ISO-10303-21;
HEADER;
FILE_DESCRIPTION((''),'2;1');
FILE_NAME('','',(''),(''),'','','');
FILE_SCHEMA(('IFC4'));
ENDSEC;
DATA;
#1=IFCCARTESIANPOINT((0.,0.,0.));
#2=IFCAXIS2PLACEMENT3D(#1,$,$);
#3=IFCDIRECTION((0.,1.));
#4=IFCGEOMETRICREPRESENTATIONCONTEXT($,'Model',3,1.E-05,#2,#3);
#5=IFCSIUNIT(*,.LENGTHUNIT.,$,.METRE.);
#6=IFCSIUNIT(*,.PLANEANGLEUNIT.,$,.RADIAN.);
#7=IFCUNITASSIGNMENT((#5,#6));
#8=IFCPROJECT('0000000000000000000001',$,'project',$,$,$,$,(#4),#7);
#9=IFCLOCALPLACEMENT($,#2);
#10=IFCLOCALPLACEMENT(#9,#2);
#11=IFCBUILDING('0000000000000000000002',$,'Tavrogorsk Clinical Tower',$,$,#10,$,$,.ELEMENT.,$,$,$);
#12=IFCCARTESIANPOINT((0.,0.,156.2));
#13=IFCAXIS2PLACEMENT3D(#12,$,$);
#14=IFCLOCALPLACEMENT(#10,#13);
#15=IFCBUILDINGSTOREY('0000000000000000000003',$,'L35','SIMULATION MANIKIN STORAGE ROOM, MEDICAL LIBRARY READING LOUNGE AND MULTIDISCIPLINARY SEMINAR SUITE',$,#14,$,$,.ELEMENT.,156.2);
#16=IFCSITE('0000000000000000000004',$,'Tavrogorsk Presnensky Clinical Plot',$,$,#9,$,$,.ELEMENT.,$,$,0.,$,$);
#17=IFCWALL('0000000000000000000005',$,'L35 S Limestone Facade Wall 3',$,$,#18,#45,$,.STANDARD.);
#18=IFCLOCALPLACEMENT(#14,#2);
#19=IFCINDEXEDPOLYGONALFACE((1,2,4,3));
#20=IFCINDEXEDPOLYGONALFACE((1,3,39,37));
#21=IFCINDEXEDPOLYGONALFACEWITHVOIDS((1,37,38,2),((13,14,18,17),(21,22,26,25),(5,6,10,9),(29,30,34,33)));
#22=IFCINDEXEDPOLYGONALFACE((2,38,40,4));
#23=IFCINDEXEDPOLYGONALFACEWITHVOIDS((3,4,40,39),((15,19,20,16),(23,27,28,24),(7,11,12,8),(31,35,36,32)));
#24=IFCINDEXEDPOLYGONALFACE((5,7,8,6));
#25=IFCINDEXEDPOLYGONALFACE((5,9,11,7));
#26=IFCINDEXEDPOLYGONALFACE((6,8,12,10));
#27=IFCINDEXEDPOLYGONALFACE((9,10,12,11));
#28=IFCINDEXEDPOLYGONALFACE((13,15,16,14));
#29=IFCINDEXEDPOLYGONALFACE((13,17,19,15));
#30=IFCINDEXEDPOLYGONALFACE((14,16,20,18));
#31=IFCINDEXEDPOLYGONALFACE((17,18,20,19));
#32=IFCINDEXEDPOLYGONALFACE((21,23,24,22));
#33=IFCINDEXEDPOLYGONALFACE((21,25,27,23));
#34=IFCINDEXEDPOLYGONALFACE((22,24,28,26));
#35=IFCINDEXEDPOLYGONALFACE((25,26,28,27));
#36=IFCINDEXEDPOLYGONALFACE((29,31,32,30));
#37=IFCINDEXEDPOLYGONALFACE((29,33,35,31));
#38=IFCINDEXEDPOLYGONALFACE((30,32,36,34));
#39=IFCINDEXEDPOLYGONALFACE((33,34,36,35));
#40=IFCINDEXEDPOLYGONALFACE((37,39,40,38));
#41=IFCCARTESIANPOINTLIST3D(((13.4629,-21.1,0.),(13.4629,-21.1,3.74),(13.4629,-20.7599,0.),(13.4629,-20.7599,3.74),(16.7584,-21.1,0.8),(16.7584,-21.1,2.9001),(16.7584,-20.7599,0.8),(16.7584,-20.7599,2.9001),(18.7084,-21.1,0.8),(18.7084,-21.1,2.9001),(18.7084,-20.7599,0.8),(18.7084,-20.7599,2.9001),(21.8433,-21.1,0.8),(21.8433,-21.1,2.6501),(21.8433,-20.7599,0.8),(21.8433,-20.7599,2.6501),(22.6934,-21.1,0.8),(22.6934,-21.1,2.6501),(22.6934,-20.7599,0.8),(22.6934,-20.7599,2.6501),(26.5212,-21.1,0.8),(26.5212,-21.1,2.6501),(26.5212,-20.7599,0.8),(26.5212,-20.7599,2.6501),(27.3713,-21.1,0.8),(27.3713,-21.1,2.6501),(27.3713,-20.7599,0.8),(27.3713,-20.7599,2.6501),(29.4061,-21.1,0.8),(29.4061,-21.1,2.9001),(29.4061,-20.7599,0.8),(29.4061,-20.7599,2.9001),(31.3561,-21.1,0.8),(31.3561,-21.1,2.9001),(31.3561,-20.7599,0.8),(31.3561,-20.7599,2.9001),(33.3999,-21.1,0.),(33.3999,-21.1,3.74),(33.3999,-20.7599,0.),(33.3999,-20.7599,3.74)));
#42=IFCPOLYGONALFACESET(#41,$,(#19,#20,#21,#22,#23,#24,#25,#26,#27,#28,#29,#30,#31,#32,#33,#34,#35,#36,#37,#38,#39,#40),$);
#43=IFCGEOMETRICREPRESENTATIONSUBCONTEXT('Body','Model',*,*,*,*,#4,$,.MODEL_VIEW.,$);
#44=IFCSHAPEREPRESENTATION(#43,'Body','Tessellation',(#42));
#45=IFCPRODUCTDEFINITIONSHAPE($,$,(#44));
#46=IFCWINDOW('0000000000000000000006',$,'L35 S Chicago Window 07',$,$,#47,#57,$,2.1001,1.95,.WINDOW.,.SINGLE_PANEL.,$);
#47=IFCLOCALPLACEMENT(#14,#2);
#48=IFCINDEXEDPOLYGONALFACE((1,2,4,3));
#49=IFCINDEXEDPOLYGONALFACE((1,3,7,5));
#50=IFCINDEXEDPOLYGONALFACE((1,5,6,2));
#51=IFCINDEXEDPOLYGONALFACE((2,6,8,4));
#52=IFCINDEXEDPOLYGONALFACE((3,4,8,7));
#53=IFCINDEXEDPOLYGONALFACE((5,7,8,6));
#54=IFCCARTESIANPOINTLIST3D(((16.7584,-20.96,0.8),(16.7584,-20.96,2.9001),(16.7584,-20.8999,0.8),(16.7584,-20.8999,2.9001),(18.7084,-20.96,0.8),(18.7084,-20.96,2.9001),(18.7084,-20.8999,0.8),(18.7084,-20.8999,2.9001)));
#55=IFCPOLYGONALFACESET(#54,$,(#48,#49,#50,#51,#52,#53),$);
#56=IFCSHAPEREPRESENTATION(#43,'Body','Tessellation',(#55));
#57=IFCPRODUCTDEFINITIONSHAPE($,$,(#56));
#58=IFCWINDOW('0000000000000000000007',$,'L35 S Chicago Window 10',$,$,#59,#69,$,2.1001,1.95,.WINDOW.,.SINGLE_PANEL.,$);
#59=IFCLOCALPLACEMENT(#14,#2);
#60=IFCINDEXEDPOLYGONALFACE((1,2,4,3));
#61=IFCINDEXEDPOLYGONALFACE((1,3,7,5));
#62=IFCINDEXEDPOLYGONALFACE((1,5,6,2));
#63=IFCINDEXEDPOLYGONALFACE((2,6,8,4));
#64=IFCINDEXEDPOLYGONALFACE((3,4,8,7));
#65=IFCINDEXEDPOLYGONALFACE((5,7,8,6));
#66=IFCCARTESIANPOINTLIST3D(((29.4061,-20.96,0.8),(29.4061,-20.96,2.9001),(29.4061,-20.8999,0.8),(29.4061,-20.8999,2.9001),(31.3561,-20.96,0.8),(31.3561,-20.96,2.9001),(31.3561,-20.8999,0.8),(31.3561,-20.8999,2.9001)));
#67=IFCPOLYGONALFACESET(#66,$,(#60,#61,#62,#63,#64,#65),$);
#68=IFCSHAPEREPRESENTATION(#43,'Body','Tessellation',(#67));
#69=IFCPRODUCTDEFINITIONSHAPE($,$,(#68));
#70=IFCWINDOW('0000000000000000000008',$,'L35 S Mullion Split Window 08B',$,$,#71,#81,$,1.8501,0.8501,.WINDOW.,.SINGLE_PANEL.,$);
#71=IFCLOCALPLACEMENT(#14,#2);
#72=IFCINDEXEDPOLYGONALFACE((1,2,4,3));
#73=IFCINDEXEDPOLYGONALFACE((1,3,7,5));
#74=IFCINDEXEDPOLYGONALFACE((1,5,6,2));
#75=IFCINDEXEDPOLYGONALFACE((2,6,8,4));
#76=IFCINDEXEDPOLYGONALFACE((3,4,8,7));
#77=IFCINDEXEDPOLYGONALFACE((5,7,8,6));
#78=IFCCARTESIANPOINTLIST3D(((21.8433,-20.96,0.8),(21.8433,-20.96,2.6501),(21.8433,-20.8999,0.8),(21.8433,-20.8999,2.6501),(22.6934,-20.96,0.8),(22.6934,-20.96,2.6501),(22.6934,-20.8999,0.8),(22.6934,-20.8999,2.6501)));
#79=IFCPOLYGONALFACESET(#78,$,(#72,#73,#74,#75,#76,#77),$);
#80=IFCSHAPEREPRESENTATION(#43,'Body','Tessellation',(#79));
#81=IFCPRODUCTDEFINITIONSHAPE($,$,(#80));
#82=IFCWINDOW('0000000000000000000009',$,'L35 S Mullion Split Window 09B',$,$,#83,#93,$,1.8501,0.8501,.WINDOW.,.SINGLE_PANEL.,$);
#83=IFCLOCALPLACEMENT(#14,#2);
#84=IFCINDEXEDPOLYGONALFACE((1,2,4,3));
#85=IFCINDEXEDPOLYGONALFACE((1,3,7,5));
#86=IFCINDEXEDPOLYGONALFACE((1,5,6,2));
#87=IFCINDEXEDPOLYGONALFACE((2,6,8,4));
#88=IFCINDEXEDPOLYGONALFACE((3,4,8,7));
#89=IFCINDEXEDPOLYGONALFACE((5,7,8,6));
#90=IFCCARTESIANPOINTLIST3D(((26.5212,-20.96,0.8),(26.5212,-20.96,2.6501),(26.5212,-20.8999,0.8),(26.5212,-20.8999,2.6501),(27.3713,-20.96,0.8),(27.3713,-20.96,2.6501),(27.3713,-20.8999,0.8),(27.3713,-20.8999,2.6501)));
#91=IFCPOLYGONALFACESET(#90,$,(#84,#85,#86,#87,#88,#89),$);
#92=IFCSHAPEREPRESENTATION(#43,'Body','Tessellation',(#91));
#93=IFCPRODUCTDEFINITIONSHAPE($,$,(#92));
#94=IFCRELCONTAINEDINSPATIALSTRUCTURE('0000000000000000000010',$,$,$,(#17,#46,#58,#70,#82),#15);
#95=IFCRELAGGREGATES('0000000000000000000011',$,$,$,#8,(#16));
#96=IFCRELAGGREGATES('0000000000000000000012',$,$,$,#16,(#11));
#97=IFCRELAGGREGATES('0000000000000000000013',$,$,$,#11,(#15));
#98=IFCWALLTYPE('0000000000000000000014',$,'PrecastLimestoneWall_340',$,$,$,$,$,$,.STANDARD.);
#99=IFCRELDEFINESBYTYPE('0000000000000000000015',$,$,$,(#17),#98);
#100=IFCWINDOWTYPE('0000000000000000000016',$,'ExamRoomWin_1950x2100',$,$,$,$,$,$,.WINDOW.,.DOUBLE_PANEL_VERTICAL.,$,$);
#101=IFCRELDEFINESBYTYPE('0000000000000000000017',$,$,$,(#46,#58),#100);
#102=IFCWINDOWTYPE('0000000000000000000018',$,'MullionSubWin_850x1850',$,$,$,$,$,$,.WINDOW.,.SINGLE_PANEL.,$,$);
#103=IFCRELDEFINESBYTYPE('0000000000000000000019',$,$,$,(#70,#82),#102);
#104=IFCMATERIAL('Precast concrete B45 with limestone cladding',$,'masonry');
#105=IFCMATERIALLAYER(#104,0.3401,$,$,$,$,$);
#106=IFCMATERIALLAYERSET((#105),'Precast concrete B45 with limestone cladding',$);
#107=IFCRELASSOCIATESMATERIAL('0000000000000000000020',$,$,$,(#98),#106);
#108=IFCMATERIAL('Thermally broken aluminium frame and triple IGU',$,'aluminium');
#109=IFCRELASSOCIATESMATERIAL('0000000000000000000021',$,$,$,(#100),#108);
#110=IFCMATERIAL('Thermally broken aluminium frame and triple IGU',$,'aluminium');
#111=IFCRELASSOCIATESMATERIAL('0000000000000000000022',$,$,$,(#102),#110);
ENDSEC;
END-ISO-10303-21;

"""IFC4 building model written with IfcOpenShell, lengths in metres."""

from ifc_helpers import new_model, si_unit, direction, frame, frame_2d, origin, place, context, subcontext, project, spatial, rectangle, extrude, material, layer, layer_set, type_object, element, fill, save


model = new_model("IFC4")

# Units and contexts
model_context = context("Model", 3, precision=1e-05, world=origin(), true_north=direction((0.0, 1.0)))
body_context = subcontext(model_context, "Body", "Model", "MODEL_VIEW")
ifc_project = project(units=[si_unit("LENGTHUNIT", "METRE"), si_unit("PLANEANGLEUNIT", "RADIAN")], contexts=[model_context])

# Site, building, storey
site_placement = place(None, origin())
site = spatial("IfcSite", under=ifc_project, at=site_placement, Name="Tavrogorsk Presnensky Clinical Plot", CompositionType="ELEMENT", RefElevation=0.0)
building_placement = place(site_placement, origin())
building = spatial("IfcBuilding", under=site, at=building_placement, Name="Tavrogorsk Clinical Tower", CompositionType="ELEMENT")
storey_placement = place(building_placement, frame((0.0, 0.0, 156.2)))
storey = spatial("IfcBuildingStorey", under=building, at=storey_placement, Name="L35", Description="SIMULATION MANIKIN STORAGE ROOM, MEDICAL LIBRARY READING LOUNGE AND MULTIDISCIPLINARY SEMINAR SUITE", CompositionType="ELEMENT", Elevation=156.2)

# Wall, openings, windows
ifc_material_1 = material(Name="Precast concrete B45 with limestone cladding", Category="masonry")
ifc_layer_1 = layer(ifc_material_1, 0.3401)
ifc_layer_set_1 = layer_set([ifc_layer_1], Name="Precast concrete B45 with limestone cladding")
wall_type_1 = type_object("IfcWallType", Name="PrecastLimestoneWall_340", PredefinedType="STANDARD", material=ifc_layer_set_1)
wall_1_placement = place(storey_placement, frame((13.4629, -20.9299, 0.0), z_axis=(0.0, 0.0, 1.0), x_axis=(1.0, 0.0, 0.0)))
wall_1 = element("IfcWall", 1, at=wall_1_placement, inside=storey, type_object=wall_type_1, Name="L35 S Limestone Facade Wall 3", PredefinedType="STANDARD", context=body_context, shape_type="SweptSolid", body=[
    extrude(rectangle(XDim=19.937, YDim=0.3401, at=frame_2d((9.9685, 0.0))), origin(), (0.0, 0.0, 1.0), 3.74),
])
opening_1_placement = place(wall_1_placement, frame((3.2954, 0.0, 0.8)))
opening_1 = element("IfcOpeningElement", 2, at=opening_1_placement, cuts=wall_1, PredefinedType="OPENING", context=body_context, shape_type="SweptSolid", body=[
    extrude(rectangle(XDim=1.95, YDim=2.1001, at=frame_2d((0.9751, 1.05))), frame((0.0, 0.1799, 0.0), z_axis=(0.0, -1.0, 0.0), x_axis=(1.0, 0.0, 0.0)), (0.0, 0.0, 1.0), 0.3601),
])
opening_2_placement = place(wall_1_placement, frame((8.3804, 0.0, 0.8)))
opening_2 = element("IfcOpeningElement", 3, at=opening_2_placement, cuts=wall_1, PredefinedType="OPENING", context=body_context, shape_type="SweptSolid", body=[
    extrude(rectangle(XDim=0.8501, YDim=1.8501, at=frame_2d((0.425, 0.925))), frame((0.0, 0.1799, 0.0), z_axis=(0.0, -1.0, 0.0), x_axis=(1.0, 0.0, 0.0)), (0.0, 0.0, 1.0), 0.3601),
])
opening_3_placement = place(wall_1_placement, frame((13.0583, 0.0, 0.8)))
opening_3 = element("IfcOpeningElement", 4, at=opening_3_placement, cuts=wall_1, PredefinedType="OPENING", context=body_context, shape_type="SweptSolid", body=[
    extrude(rectangle(XDim=0.8501, YDim=1.8501, at=frame_2d((0.425, 0.925))), frame((0.0, 0.1799, 0.0), z_axis=(0.0, -1.0, 0.0), x_axis=(1.0, 0.0, 0.0)), (0.0, 0.0, 1.0), 0.3601),
])
opening_4_placement = place(wall_1_placement, frame((15.9431, 0.0, 0.8)))
opening_4 = element("IfcOpeningElement", 5, at=opening_4_placement, cuts=wall_1, PredefinedType="OPENING", context=body_context, shape_type="SweptSolid", body=[
    extrude(rectangle(XDim=1.95, YDim=2.1001, at=frame_2d((0.9751, 1.05))), frame((0.0, 0.1799, 0.0), z_axis=(0.0, -1.0, 0.0), x_axis=(1.0, 0.0, 0.0)), (0.0, 0.0, 1.0), 0.3601),
])
ifc_material_2 = material(Name="Thermally broken aluminium frame and triple IGU", Category="aluminium")
window_type_1 = type_object("IfcWindowType", Name="ExamRoomWin_1950x2100", PartitioningType="DOUBLE_PANEL_VERTICAL", PredefinedType="WINDOW", material=ifc_material_2)
window_1_placement = place(opening_1_placement, origin())
window_1 = element("IfcWindow", 6, at=window_1_placement, inside=storey, type_object=window_type_1, Name="L35 S Chicago Window 07", OverallHeight=2.1001, OverallWidth=1.95, PartitioningType="SINGLE_PANEL", PredefinedType="WINDOW", context=body_context, shape_type="SweptSolid", body=[
    extrude(rectangle(XDim=1.95, YDim=2.1001, at=frame_2d((0.9751, 1.05))), frame((0.0, 0.03, 0.0), z_axis=(0.0, -1.0, 0.0), x_axis=(1.0, 0.0, 0.0)), (0.0, 0.0, 1.0), 0.0601),
])
fill(opening_1, window_1)
window_2_placement = place(opening_4_placement, origin())
window_2 = element("IfcWindow", 7, at=window_2_placement, inside=storey, type_object=window_type_1, Name="L35 S Chicago Window 10", OverallHeight=2.1001, OverallWidth=1.95, PartitioningType="SINGLE_PANEL", PredefinedType="WINDOW", context=body_context, shape_type="SweptSolid", body=[
    extrude(rectangle(XDim=1.95, YDim=2.1001, at=frame_2d((0.9751, 1.05))), frame((0.0, 0.03, 0.0), z_axis=(0.0, -1.0, 0.0), x_axis=(1.0, 0.0, 0.0)), (0.0, 0.0, 1.0), 0.0601),
])
fill(opening_4, window_2)
ifc_material_3 = material(Name="Thermally broken aluminium frame and triple IGU", Category="aluminium")
window_type_2 = type_object("IfcWindowType", Name="MullionSubWin_850x1850", PartitioningType="SINGLE_PANEL", PredefinedType="WINDOW", material=ifc_material_3)
window_3_placement = place(opening_2_placement, origin())
window_3 = element("IfcWindow", 8, at=window_3_placement, inside=storey, type_object=window_type_2, Name="L35 S Mullion Split Window 08B", OverallHeight=1.8501, OverallWidth=0.8501, PartitioningType="SINGLE_PANEL", PredefinedType="WINDOW", context=body_context, shape_type="SweptSolid", body=[
    extrude(rectangle(XDim=0.8501, YDim=1.8501, at=frame_2d((0.425, 0.925))), frame((0.0, 0.03, 0.0), z_axis=(0.0, -1.0, 0.0), x_axis=(1.0, 0.0, 0.0)), (0.0, 0.0, 1.0), 0.0601),
])
fill(opening_2, window_3)
window_4_placement = place(opening_3_placement, origin())
window_4 = element("IfcWindow", 9, at=window_4_placement, inside=storey, type_object=window_type_2, Name="L35 S Mullion Split Window 09B", OverallHeight=1.8501, OverallWidth=0.8501, PartitioningType="SINGLE_PANEL", PredefinedType="WINDOW", context=body_context, shape_type="SweptSolid", body=[
    extrude(rectangle(XDim=0.8501, YDim=1.8501, at=frame_2d((0.425, 0.925))), frame((0.0, 0.03, 0.0), z_axis=(0.0, -1.0, 0.0), x_axis=(1.0, 0.0, 0.0)), (0.0, 0.0, 1.0), 0.0601),
])
fill(opening_3, window_4)

save(model, "model.ifc")
